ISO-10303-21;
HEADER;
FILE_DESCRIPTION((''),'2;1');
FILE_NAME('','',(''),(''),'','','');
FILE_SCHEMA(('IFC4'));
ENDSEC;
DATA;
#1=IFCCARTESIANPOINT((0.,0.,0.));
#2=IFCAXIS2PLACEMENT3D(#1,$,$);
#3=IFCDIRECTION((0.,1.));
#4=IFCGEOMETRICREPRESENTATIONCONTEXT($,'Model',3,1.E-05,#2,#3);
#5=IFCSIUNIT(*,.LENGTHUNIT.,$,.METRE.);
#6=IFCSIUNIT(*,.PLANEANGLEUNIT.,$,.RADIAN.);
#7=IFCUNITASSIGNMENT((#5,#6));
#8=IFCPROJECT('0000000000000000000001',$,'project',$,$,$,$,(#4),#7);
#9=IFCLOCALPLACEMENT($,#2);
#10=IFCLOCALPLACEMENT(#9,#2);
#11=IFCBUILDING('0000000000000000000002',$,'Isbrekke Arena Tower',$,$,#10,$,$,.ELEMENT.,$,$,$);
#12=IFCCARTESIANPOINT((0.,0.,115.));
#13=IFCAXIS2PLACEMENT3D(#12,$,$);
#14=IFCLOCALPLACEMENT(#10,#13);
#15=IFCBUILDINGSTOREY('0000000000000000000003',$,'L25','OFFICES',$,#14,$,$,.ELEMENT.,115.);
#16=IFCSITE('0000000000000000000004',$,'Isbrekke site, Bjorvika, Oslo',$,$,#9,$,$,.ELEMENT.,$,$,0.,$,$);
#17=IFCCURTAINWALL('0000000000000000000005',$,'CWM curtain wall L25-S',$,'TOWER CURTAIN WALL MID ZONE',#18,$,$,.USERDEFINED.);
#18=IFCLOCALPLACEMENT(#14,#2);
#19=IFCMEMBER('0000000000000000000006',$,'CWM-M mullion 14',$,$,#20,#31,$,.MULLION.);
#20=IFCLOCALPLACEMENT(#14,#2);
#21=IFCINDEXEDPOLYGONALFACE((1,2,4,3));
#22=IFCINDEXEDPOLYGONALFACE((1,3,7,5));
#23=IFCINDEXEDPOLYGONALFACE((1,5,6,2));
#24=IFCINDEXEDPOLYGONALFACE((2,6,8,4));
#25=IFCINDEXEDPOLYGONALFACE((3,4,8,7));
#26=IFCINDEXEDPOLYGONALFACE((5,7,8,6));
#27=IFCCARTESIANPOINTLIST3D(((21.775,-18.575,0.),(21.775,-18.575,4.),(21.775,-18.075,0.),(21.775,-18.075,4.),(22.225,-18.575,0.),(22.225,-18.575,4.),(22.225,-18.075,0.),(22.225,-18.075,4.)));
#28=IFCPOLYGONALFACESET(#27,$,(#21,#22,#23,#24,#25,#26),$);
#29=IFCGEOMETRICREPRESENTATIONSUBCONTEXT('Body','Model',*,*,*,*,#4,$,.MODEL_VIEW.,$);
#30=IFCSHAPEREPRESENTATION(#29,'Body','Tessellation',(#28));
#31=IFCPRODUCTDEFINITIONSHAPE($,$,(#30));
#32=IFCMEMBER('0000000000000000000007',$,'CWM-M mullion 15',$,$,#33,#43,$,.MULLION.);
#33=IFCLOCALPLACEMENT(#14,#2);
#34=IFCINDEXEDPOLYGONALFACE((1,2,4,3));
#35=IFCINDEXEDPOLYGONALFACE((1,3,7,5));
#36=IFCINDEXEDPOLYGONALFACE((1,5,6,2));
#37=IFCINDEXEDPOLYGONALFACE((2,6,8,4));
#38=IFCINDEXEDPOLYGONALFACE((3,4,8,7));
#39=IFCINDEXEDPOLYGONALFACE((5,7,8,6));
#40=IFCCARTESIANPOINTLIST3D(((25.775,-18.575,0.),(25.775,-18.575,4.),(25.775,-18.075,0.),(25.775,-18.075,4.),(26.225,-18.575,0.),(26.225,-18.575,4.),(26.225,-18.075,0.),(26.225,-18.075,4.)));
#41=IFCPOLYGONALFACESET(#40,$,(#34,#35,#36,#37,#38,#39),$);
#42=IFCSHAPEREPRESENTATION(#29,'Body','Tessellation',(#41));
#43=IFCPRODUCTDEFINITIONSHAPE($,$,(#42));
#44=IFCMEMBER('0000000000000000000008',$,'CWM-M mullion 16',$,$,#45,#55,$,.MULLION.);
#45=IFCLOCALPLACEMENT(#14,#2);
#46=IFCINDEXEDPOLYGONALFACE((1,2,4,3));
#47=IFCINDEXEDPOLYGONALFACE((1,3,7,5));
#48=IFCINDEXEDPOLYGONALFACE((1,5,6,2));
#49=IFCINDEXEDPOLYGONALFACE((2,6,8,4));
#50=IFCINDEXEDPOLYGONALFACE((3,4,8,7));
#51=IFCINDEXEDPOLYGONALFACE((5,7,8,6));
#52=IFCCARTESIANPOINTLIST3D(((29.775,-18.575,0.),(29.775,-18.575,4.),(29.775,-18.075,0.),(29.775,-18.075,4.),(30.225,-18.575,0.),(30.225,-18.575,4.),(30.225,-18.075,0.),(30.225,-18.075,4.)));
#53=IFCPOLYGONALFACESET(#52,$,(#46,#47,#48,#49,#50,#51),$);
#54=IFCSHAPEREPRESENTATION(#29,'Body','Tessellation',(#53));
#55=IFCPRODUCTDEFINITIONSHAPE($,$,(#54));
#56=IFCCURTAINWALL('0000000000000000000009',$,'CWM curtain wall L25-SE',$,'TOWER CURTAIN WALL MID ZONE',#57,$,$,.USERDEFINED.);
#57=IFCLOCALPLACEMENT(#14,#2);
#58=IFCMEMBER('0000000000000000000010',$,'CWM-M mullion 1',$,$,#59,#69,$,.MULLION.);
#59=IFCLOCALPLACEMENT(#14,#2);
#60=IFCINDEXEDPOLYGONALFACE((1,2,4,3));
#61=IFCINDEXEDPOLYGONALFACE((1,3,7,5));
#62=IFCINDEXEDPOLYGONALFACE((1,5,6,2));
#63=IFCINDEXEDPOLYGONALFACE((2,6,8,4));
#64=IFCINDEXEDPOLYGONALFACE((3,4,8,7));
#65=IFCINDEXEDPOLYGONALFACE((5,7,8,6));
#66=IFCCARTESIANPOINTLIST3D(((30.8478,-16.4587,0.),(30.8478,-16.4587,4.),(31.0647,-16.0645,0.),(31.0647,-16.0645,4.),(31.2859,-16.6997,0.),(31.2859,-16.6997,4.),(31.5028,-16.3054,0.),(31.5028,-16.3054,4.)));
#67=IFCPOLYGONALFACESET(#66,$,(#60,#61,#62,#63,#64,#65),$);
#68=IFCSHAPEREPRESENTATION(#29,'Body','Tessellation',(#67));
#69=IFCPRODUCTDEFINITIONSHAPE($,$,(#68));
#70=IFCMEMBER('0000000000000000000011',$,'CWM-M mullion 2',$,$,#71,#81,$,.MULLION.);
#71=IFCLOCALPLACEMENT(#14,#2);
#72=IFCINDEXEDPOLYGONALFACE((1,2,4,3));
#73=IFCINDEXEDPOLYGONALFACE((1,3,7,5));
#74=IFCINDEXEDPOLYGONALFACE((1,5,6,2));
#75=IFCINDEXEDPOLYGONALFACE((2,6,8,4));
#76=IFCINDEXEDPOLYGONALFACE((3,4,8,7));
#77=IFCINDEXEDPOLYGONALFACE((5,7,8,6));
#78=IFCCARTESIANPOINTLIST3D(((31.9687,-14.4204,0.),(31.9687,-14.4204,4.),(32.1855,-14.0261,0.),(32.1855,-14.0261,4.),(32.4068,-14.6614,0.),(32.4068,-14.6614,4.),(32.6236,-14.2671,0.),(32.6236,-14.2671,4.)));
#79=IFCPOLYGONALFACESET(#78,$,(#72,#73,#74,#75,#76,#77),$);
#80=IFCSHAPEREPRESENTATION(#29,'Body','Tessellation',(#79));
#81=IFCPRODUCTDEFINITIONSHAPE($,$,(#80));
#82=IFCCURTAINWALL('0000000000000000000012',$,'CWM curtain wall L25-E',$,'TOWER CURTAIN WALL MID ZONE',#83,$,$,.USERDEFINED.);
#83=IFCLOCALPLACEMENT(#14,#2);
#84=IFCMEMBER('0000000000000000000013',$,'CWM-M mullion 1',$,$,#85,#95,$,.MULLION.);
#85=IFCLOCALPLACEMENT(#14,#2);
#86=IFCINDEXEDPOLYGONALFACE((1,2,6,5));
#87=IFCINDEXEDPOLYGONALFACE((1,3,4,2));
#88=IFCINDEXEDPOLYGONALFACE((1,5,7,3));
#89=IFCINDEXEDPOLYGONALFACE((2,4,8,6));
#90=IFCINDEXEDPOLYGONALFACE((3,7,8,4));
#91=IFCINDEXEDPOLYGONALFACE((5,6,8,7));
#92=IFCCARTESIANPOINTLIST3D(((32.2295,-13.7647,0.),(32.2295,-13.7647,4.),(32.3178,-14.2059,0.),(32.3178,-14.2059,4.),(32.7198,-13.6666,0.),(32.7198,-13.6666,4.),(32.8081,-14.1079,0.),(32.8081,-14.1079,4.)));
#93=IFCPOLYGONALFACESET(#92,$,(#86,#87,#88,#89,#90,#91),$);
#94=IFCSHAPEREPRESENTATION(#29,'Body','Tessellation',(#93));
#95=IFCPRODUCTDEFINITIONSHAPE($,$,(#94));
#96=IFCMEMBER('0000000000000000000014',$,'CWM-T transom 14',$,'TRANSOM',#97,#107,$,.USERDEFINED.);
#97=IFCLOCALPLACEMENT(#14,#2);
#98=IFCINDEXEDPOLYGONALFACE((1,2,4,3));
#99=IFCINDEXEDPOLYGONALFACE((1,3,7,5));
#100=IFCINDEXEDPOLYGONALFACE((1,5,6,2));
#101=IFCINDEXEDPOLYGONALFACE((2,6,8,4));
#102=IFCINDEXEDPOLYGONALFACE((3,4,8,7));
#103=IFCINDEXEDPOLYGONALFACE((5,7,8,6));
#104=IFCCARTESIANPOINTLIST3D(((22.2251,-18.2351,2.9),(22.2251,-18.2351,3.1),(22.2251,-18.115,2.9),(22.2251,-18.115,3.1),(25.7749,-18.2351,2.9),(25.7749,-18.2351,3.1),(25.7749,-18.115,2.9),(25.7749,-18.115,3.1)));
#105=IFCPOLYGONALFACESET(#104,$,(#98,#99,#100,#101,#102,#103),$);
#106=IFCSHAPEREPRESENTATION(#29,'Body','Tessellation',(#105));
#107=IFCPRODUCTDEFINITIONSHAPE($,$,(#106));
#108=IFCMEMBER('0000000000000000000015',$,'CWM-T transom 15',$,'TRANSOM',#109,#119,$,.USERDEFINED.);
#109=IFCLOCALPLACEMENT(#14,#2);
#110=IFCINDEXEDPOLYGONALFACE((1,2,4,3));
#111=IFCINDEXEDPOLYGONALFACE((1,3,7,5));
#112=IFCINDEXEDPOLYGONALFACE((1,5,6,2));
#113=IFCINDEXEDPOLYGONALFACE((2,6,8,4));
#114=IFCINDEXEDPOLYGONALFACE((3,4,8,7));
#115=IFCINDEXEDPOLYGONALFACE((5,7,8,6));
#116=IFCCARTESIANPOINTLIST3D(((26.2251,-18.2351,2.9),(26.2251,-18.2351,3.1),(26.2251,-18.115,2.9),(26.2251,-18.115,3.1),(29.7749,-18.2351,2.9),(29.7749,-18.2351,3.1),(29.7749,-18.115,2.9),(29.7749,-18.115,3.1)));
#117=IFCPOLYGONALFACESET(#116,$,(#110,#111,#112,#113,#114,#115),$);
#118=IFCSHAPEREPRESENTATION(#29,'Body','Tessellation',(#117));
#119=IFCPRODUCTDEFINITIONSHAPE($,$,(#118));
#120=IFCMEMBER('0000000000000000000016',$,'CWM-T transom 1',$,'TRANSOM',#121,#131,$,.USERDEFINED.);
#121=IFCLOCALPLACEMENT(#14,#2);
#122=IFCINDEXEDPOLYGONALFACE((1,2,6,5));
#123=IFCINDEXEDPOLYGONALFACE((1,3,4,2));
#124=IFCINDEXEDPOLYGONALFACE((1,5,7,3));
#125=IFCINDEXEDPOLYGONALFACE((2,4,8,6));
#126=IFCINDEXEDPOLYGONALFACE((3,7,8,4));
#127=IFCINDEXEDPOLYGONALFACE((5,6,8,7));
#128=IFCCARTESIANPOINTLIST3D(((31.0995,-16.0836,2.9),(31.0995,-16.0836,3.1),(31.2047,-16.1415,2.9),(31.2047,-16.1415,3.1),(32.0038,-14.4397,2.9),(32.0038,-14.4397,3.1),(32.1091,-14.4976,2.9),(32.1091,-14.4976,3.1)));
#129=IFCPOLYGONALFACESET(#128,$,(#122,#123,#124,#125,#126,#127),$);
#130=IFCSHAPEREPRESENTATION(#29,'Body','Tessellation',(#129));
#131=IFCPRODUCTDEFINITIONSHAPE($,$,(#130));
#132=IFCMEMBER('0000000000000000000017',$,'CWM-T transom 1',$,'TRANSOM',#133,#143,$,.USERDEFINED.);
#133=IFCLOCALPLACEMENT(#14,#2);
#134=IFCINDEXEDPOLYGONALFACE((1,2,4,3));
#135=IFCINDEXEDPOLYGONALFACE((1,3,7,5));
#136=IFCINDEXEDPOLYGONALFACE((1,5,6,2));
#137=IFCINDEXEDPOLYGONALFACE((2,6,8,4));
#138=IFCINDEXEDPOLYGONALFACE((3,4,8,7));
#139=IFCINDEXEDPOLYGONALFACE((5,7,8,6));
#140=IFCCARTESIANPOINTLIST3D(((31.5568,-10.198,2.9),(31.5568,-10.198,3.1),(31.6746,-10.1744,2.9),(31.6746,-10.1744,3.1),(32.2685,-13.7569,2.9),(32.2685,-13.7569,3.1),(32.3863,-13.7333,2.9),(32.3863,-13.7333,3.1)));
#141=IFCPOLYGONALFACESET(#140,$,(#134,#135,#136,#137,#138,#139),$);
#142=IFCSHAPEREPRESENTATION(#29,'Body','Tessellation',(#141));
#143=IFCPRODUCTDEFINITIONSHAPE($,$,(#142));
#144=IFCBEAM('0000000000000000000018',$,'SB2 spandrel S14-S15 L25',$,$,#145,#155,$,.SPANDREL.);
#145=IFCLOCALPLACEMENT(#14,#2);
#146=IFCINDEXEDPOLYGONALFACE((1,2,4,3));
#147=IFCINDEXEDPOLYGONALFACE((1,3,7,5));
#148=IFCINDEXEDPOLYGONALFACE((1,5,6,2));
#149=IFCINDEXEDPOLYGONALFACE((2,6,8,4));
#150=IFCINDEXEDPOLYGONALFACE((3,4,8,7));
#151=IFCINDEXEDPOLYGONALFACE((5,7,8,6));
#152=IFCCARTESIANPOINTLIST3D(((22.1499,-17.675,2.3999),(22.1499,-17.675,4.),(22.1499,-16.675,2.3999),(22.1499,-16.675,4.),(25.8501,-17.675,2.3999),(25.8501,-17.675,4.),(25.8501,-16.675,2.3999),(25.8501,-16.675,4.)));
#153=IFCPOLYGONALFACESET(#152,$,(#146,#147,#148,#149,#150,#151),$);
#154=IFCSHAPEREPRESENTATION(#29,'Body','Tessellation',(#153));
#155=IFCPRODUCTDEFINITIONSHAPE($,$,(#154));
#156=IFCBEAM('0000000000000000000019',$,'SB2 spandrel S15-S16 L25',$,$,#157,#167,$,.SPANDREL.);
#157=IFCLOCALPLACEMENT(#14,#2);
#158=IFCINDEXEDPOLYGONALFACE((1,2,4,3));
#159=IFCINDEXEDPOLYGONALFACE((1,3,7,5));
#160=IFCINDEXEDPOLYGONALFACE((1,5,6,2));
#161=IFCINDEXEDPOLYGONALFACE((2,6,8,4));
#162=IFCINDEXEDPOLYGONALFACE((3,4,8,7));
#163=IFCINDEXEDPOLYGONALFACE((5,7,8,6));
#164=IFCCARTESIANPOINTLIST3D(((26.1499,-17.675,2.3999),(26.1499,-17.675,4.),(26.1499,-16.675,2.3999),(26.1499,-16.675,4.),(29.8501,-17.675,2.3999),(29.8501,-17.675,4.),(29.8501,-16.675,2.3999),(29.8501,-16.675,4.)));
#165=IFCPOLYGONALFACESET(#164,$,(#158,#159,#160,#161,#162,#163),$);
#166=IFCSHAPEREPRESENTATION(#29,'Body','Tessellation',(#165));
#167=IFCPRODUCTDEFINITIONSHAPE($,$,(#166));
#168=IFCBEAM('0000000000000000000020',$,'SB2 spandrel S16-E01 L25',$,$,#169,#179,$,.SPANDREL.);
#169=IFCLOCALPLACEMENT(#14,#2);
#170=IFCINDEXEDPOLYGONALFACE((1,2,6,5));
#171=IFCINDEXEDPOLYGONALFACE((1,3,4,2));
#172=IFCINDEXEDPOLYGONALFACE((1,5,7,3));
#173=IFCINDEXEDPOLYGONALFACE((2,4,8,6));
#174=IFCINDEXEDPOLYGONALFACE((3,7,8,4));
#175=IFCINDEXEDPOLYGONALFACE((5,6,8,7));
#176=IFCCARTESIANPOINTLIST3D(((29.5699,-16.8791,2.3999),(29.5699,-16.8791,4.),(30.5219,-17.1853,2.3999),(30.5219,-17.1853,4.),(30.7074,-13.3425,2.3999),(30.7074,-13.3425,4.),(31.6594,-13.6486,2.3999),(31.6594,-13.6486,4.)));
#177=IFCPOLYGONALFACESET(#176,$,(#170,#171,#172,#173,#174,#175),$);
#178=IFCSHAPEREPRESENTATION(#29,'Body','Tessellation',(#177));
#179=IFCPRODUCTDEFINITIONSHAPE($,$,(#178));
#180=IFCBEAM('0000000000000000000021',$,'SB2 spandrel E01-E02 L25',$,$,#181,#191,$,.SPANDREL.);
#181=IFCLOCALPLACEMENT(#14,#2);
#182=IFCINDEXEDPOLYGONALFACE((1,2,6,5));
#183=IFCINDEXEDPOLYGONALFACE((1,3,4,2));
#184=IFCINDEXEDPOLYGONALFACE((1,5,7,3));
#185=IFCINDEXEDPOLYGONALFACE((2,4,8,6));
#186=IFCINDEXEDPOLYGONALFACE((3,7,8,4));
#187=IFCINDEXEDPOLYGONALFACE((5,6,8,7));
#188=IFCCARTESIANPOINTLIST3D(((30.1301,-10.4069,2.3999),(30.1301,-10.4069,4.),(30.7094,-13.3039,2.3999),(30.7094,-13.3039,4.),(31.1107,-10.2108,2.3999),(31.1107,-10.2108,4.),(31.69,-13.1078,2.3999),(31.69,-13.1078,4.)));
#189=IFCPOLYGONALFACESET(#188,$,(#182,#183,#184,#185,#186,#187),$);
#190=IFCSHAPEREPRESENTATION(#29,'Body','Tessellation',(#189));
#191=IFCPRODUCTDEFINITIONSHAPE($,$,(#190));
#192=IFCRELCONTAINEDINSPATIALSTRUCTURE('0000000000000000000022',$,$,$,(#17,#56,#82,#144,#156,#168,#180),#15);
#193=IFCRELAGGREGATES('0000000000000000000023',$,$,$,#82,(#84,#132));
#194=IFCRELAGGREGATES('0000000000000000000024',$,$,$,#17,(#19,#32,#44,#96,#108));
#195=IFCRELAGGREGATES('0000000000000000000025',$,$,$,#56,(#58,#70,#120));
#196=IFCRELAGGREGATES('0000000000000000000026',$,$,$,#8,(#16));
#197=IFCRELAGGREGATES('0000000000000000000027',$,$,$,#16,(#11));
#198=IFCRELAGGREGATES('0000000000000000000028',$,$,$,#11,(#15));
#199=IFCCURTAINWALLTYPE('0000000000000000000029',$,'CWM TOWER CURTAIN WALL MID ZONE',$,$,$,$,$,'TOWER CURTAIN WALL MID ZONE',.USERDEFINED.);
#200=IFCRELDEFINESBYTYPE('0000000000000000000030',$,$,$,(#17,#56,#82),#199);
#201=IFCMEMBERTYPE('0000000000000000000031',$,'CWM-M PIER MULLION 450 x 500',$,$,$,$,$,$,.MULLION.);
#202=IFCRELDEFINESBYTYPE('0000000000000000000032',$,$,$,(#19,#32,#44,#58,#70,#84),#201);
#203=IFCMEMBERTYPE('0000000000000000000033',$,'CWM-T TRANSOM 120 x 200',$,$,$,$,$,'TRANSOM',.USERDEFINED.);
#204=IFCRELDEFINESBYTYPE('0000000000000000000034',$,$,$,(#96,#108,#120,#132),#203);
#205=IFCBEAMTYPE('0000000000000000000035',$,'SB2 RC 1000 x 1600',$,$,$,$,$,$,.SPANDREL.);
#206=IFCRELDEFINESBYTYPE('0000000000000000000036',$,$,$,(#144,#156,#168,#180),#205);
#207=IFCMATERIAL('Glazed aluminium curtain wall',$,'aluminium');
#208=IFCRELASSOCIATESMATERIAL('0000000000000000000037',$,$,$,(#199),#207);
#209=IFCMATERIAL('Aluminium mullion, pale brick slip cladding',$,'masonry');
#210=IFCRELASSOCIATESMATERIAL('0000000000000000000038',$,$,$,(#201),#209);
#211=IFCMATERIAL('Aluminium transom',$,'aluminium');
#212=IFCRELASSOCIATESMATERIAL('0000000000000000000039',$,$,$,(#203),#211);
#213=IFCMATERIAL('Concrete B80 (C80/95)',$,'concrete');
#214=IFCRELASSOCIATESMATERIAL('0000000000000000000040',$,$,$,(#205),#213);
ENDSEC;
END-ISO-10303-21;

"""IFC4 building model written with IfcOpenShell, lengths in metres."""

from ifc_helpers import new_model, si_unit, direction, frame, origin, origin_2d, place, context, subcontext, project, spatial, rectangle, extrude, material, material_profile, profile_set, type_object, element, aggregate, save


model = new_model("IFC4")

# Units and contexts
model_context = context("Model", 3, precision=1e-05, world=origin(), true_north=direction((0.0, 1.0)))
body_context = subcontext(model_context, "Body", "Model", "MODEL_VIEW")
ifc_project = project(units=[si_unit("LENGTHUNIT", "METRE"), si_unit("PLANEANGLEUNIT", "RADIAN")], contexts=[model_context])

# Site, building, storey
site_placement = place(None, origin())
site = spatial("IfcSite", under=ifc_project, at=site_placement, Name="Isbrekke site, Bjorvika, Oslo", CompositionType="ELEMENT", RefElevation=0.0)
building_placement = place(site_placement, origin())
building = spatial("IfcBuilding", under=site, at=building_placement, Name="Isbrekke Arena Tower", CompositionType="ELEMENT")
storey_placement = place(building_placement, frame((0.0, 0.0, 115.0)))
storey = spatial("IfcBuildingStorey", under=building, at=storey_placement, Name="L25", Description="OFFICES", CompositionType="ELEMENT", Elevation=115.0)

# Curtain walls, members
ifc_material_1 = material(Name="Glazed aluminium curtain wall", Category="aluminium")
curtain_wall_type = type_object("IfcCurtainWallType", Name="CWM TOWER CURTAIN WALL MID ZONE", ElementType="TOWER CURTAIN WALL MID ZONE", PredefinedType="USERDEFINED", material=ifc_material_1)
curtain_wall_1_placement = place(storey_placement, origin())
curtain_wall_1 = element("IfcCurtainWall", 1, at=curtain_wall_1_placement, inside=storey, type_object=curtain_wall_type, Name="CWM curtain wall L25-S", ObjectType="TOWER CURTAIN WALL MID ZONE", PredefinedType="USERDEFINED")
ifc_material_2 = material(Name="Aluminium mullion, pale brick slip cladding", Category="masonry")
ifc_material_profile_1 = material_profile(ifc_material_2, rectangle(XDim=0.45, YDim=0.5, at=origin_2d()), Name="PIER 450X500")
ifc_profile_set_1 = profile_set([ifc_material_profile_1], Name="Aluminium mullion, pale brick slip cladding")
member_type_1 = type_object("IfcMemberType", Name="CWM-M PIER MULLION 450 x 500", PredefinedType="MULLION", material=ifc_profile_set_1)
member_1_placement = place(storey_placement, frame((22.0, -18.325, 0.0), z_axis=(0.0, 0.0, 1.0), x_axis=(1.0, 0.0, 0.0)))
member_1 = element("IfcMember", 2, at=member_1_placement, type_object=member_type_1, Name="CWM-M mullion 14", PredefinedType="MULLION", context=body_context, shape_type="SweptSolid", body=[
    extrude(rectangle(XDim=0.45, YDim=0.5, at=origin_2d()), origin(), (0.0, 0.0, 1.0), 4.0),
])
member_2_placement = place(storey_placement, frame((26.0, -18.325, 0.0), z_axis=(0.0, 0.0, 1.0), x_axis=(1.0, 0.0, 0.0)))
member_2 = element("IfcMember", 3, at=member_2_placement, type_object=member_type_1, Name="CWM-M mullion 15", PredefinedType="MULLION", context=body_context, shape_type="SweptSolid", body=[
    extrude(rectangle(XDim=0.45, YDim=0.5, at=origin_2d()), origin(), (0.0, 0.0, 1.0), 4.0),
])
member_3_placement = place(storey_placement, frame((30.0, -18.325, 0.0), z_axis=(0.0, 0.0, 1.0), x_axis=(1.0, 0.0, 0.0)))
member_3 = element("IfcMember", 4, at=member_3_placement, type_object=member_type_1, Name="CWM-M mullion 16", PredefinedType="MULLION", context=body_context, shape_type="SweptSolid", body=[
    extrude(rectangle(XDim=0.45, YDim=0.5, at=origin_2d()), origin(), (0.0, 0.0, 1.0), 4.0),
])
curtain_wall_2_placement = place(storey_placement, origin())
curtain_wall_2 = element("IfcCurtainWall", 5, at=curtain_wall_2_placement, inside=storey, type_object=curtain_wall_type, Name="CWM curtain wall L25-SE", ObjectType="TOWER CURTAIN WALL MID ZONE", PredefinedType="USERDEFINED")
member_4_placement = place(storey_placement, frame((31.1753, -16.3821, 0.0), z_axis=(0.0, 0.0, 1.0), x_axis=(0.481919, 0.876216, 0.0)))
member_4 = element("IfcMember", 6, at=member_4_placement, type_object=member_type_1, Name="CWM-M mullion 1", PredefinedType="MULLION", context=body_context, shape_type="SweptSolid", body=[
    extrude(rectangle(XDim=0.45, YDim=0.5, at=origin_2d()), origin(), (0.0, 0.0, 1.0), 4.0),
])
member_5_placement = place(storey_placement, frame((32.2961, -14.3438, 0.0), z_axis=(0.0, 0.0, 1.0), x_axis=(0.481919, 0.876216, 0.0)))
member_5 = element("IfcMember", 7, at=member_5_placement, type_object=member_type_1, Name="CWM-M mullion 2", PredefinedType="MULLION", context=body_context, shape_type="SweptSolid", body=[
    extrude(rectangle(XDim=0.45, YDim=0.5, at=origin_2d()), origin(), (0.0, 0.0, 1.0), 4.0),
])

# Curtain wall, member
curtain_wall_3_placement = place(storey_placement, origin())
curtain_wall_3 = element("IfcCurtainWall", 8, at=curtain_wall_3_placement, inside=storey, type_object=curtain_wall_type, Name="CWM curtain wall L25-E", ObjectType="TOWER CURTAIN WALL MID ZONE", PredefinedType="USERDEFINED")
member_6_placement = place(storey_placement, frame((32.5188, -13.9363, 0.0), z_axis=(0.0, 0.0, 1.0), x_axis=(-0.196116, 0.980581, 0.0)))
member_6 = element("IfcMember", 9, at=member_6_placement, type_object=member_type_1, Name="CWM-M mullion 1", PredefinedType="MULLION", context=body_context, shape_type="SweptSolid", body=[
    extrude(rectangle(XDim=0.45, YDim=0.5, at=origin_2d()), origin(), (0.0, 0.0, 1.0), 4.0),
])

# Members
ifc_material_3 = material(Name="Aluminium transom", Category="aluminium")
ifc_material_profile_2 = material_profile(ifc_material_3, rectangle(XDim=0.1201, YDim=0.2, at=origin_2d()), Name="TRANSOM 120X200")
ifc_profile_set_2 = profile_set([ifc_material_profile_2], Name="Aluminium transom")
member_type_2 = type_object("IfcMemberType", Name="CWM-T TRANSOM 120 x 200", ElementType="TRANSOM", PredefinedType="USERDEFINED", material=ifc_profile_set_2)
member_7_placement = place(storey_placement, frame((22.2251, -18.175, 3.0), z_axis=(1.0, 0.0, 0.0), x_axis=(0.0, 1.0, 0.0)))
member_7 = element("IfcMember", 10, at=member_7_placement, type_object=member_type_2, Name="CWM-T transom 14", ObjectType="TRANSOM", PredefinedType="USERDEFINED", context=body_context, shape_type="SweptSolid", body=[
    extrude(rectangle(XDim=0.1201, YDim=0.2, at=origin_2d()), origin(), (0.0, 0.0, 1.0), 3.5498),
])
member_8_placement = place(storey_placement, frame((26.2251, -18.175, 3.0), z_axis=(1.0, 0.0, 0.0), x_axis=(0.0, 1.0, 0.0)))
member_8 = element("IfcMember", 11, at=member_8_placement, type_object=member_type_2, Name="CWM-T transom 15", ObjectType="TRANSOM", PredefinedType="USERDEFINED", context=body_context, shape_type="SweptSolid", body=[
    extrude(rectangle(XDim=0.1201, YDim=0.2, at=origin_2d()), origin(), (0.0, 0.0, 1.0), 3.5498),
])
member_9_placement = place(storey_placement, frame((31.1521, -16.1125, 3.0), z_axis=(0.482004, 0.876169, 0.0), x_axis=(-0.876169, 0.482004, 0.0)))
member_9 = element("IfcMember", 12, at=member_9_placement, type_object=member_type_2, Name="CWM-T transom 1", ObjectType="TRANSOM", PredefinedType="USERDEFINED", context=body_context, shape_type="SweptSolid", body=[
    extrude(rectangle(XDim=0.1201, YDim=0.2, at=origin_2d()), origin(), (0.0, 0.0, 1.0), 1.8762),
])
member_10_placement = place(storey_placement, frame((32.3274, -13.7451, 3.0), z_axis=(-0.19609, 0.980586, 0.0), x_axis=(-0.980586, -0.19609, 0.0)))
member_10 = element("IfcMember", 13, at=member_10_placement, type_object=member_type_2, Name="CWM-T transom 1", ObjectType="TRANSOM", PredefinedType="USERDEFINED", context=body_context, shape_type="SweptSolid", body=[
    extrude(rectangle(XDim=0.1201, YDim=0.2, at=origin_2d()), origin(), (0.0, 0.0, 1.0), 3.6294),
])
aggregate(curtain_wall_3, [member_6, member_10])

# Beams
ifc_material_4 = material(Name="Concrete B80 (C80/95)", Category="concrete")
ifc_material_profile_3 = material_profile(ifc_material_4, rectangle(XDim=1.0, YDim=1.6001, at=origin_2d()), Name="RC 1000x1600")
ifc_profile_set_3 = profile_set([ifc_material_profile_3], Name="Concrete B80 (C80/95)")
beam_type_1 = type_object("IfcBeamType", Name="SB2 RC 1000 x 1600", PredefinedType="SPANDREL", material=ifc_profile_set_3)
for number, where, z_axis, x_axis, name in (
    (14, (22.1499, -17.175, 3.2), (1.0, 0.0, 0.0), (0.0, 1.0, 0.0), "SB2 spandrel S14-S15 L25"),
    (15, (26.1499, -17.175, 3.2), (1.0, 0.0, 0.0), (0.0, 1.0, 0.0), "SB2 spandrel S15-S16 L25"),
):
    element("IfcBeam", number, at=place(storey_placement, frame(where, z_axis=z_axis, x_axis=x_axis)), inside=storey, type_object=beam_type_1, Name=name, PredefinedType="SPANDREL", context=body_context, shape_type="SweptSolid", body=[
        extrude(rectangle(XDim=1.0, YDim=1.6001, at=origin_2d()), origin(), (0.0, 0.0, 1.0), 3.7002),
    ])
beam_1_placement = place(storey_placement, frame((30.0459, -17.0322, 3.2), z_axis=(0.306175, 0.951975, 0.0), x_axis=(-0.951975, 0.306175, 0.0)))
element("IfcBeam", 16, at=beam_1_placement, inside=storey, type_object=beam_type_1, Name="SB2 spandrel S16-E01 L25", PredefinedType="SPANDREL", context=body_context, shape_type="SweptSolid", body=[
    extrude(rectangle(XDim=1.0, YDim=1.6001, at=origin_2d()), origin(), (0.0, 0.0, 1.0), 3.7151),
])
beam_2_placement = place(storey_placement, frame((31.1997, -13.2058, 3.2), z_axis=(-0.1961, 0.980584, 0.0), x_axis=(-0.980584, -0.1961, 0.0)))
element("IfcBeam", 17, at=beam_2_placement, inside=storey, type_object=beam_type_1, Name="SB2 spandrel E01-E02 L25", PredefinedType="SPANDREL", context=body_context, shape_type="SweptSolid", body=[
    extrude(rectangle(XDim=1.0, YDim=1.6001, at=origin_2d()), origin(), (0.0, 0.0, 1.0), 2.9543),
])

aggregate(curtain_wall_1, [member_1, member_2, member_3, member_7, member_8])
aggregate(curtain_wall_2, [member_4, member_5, member_9])

save(model, "model.ifc")
